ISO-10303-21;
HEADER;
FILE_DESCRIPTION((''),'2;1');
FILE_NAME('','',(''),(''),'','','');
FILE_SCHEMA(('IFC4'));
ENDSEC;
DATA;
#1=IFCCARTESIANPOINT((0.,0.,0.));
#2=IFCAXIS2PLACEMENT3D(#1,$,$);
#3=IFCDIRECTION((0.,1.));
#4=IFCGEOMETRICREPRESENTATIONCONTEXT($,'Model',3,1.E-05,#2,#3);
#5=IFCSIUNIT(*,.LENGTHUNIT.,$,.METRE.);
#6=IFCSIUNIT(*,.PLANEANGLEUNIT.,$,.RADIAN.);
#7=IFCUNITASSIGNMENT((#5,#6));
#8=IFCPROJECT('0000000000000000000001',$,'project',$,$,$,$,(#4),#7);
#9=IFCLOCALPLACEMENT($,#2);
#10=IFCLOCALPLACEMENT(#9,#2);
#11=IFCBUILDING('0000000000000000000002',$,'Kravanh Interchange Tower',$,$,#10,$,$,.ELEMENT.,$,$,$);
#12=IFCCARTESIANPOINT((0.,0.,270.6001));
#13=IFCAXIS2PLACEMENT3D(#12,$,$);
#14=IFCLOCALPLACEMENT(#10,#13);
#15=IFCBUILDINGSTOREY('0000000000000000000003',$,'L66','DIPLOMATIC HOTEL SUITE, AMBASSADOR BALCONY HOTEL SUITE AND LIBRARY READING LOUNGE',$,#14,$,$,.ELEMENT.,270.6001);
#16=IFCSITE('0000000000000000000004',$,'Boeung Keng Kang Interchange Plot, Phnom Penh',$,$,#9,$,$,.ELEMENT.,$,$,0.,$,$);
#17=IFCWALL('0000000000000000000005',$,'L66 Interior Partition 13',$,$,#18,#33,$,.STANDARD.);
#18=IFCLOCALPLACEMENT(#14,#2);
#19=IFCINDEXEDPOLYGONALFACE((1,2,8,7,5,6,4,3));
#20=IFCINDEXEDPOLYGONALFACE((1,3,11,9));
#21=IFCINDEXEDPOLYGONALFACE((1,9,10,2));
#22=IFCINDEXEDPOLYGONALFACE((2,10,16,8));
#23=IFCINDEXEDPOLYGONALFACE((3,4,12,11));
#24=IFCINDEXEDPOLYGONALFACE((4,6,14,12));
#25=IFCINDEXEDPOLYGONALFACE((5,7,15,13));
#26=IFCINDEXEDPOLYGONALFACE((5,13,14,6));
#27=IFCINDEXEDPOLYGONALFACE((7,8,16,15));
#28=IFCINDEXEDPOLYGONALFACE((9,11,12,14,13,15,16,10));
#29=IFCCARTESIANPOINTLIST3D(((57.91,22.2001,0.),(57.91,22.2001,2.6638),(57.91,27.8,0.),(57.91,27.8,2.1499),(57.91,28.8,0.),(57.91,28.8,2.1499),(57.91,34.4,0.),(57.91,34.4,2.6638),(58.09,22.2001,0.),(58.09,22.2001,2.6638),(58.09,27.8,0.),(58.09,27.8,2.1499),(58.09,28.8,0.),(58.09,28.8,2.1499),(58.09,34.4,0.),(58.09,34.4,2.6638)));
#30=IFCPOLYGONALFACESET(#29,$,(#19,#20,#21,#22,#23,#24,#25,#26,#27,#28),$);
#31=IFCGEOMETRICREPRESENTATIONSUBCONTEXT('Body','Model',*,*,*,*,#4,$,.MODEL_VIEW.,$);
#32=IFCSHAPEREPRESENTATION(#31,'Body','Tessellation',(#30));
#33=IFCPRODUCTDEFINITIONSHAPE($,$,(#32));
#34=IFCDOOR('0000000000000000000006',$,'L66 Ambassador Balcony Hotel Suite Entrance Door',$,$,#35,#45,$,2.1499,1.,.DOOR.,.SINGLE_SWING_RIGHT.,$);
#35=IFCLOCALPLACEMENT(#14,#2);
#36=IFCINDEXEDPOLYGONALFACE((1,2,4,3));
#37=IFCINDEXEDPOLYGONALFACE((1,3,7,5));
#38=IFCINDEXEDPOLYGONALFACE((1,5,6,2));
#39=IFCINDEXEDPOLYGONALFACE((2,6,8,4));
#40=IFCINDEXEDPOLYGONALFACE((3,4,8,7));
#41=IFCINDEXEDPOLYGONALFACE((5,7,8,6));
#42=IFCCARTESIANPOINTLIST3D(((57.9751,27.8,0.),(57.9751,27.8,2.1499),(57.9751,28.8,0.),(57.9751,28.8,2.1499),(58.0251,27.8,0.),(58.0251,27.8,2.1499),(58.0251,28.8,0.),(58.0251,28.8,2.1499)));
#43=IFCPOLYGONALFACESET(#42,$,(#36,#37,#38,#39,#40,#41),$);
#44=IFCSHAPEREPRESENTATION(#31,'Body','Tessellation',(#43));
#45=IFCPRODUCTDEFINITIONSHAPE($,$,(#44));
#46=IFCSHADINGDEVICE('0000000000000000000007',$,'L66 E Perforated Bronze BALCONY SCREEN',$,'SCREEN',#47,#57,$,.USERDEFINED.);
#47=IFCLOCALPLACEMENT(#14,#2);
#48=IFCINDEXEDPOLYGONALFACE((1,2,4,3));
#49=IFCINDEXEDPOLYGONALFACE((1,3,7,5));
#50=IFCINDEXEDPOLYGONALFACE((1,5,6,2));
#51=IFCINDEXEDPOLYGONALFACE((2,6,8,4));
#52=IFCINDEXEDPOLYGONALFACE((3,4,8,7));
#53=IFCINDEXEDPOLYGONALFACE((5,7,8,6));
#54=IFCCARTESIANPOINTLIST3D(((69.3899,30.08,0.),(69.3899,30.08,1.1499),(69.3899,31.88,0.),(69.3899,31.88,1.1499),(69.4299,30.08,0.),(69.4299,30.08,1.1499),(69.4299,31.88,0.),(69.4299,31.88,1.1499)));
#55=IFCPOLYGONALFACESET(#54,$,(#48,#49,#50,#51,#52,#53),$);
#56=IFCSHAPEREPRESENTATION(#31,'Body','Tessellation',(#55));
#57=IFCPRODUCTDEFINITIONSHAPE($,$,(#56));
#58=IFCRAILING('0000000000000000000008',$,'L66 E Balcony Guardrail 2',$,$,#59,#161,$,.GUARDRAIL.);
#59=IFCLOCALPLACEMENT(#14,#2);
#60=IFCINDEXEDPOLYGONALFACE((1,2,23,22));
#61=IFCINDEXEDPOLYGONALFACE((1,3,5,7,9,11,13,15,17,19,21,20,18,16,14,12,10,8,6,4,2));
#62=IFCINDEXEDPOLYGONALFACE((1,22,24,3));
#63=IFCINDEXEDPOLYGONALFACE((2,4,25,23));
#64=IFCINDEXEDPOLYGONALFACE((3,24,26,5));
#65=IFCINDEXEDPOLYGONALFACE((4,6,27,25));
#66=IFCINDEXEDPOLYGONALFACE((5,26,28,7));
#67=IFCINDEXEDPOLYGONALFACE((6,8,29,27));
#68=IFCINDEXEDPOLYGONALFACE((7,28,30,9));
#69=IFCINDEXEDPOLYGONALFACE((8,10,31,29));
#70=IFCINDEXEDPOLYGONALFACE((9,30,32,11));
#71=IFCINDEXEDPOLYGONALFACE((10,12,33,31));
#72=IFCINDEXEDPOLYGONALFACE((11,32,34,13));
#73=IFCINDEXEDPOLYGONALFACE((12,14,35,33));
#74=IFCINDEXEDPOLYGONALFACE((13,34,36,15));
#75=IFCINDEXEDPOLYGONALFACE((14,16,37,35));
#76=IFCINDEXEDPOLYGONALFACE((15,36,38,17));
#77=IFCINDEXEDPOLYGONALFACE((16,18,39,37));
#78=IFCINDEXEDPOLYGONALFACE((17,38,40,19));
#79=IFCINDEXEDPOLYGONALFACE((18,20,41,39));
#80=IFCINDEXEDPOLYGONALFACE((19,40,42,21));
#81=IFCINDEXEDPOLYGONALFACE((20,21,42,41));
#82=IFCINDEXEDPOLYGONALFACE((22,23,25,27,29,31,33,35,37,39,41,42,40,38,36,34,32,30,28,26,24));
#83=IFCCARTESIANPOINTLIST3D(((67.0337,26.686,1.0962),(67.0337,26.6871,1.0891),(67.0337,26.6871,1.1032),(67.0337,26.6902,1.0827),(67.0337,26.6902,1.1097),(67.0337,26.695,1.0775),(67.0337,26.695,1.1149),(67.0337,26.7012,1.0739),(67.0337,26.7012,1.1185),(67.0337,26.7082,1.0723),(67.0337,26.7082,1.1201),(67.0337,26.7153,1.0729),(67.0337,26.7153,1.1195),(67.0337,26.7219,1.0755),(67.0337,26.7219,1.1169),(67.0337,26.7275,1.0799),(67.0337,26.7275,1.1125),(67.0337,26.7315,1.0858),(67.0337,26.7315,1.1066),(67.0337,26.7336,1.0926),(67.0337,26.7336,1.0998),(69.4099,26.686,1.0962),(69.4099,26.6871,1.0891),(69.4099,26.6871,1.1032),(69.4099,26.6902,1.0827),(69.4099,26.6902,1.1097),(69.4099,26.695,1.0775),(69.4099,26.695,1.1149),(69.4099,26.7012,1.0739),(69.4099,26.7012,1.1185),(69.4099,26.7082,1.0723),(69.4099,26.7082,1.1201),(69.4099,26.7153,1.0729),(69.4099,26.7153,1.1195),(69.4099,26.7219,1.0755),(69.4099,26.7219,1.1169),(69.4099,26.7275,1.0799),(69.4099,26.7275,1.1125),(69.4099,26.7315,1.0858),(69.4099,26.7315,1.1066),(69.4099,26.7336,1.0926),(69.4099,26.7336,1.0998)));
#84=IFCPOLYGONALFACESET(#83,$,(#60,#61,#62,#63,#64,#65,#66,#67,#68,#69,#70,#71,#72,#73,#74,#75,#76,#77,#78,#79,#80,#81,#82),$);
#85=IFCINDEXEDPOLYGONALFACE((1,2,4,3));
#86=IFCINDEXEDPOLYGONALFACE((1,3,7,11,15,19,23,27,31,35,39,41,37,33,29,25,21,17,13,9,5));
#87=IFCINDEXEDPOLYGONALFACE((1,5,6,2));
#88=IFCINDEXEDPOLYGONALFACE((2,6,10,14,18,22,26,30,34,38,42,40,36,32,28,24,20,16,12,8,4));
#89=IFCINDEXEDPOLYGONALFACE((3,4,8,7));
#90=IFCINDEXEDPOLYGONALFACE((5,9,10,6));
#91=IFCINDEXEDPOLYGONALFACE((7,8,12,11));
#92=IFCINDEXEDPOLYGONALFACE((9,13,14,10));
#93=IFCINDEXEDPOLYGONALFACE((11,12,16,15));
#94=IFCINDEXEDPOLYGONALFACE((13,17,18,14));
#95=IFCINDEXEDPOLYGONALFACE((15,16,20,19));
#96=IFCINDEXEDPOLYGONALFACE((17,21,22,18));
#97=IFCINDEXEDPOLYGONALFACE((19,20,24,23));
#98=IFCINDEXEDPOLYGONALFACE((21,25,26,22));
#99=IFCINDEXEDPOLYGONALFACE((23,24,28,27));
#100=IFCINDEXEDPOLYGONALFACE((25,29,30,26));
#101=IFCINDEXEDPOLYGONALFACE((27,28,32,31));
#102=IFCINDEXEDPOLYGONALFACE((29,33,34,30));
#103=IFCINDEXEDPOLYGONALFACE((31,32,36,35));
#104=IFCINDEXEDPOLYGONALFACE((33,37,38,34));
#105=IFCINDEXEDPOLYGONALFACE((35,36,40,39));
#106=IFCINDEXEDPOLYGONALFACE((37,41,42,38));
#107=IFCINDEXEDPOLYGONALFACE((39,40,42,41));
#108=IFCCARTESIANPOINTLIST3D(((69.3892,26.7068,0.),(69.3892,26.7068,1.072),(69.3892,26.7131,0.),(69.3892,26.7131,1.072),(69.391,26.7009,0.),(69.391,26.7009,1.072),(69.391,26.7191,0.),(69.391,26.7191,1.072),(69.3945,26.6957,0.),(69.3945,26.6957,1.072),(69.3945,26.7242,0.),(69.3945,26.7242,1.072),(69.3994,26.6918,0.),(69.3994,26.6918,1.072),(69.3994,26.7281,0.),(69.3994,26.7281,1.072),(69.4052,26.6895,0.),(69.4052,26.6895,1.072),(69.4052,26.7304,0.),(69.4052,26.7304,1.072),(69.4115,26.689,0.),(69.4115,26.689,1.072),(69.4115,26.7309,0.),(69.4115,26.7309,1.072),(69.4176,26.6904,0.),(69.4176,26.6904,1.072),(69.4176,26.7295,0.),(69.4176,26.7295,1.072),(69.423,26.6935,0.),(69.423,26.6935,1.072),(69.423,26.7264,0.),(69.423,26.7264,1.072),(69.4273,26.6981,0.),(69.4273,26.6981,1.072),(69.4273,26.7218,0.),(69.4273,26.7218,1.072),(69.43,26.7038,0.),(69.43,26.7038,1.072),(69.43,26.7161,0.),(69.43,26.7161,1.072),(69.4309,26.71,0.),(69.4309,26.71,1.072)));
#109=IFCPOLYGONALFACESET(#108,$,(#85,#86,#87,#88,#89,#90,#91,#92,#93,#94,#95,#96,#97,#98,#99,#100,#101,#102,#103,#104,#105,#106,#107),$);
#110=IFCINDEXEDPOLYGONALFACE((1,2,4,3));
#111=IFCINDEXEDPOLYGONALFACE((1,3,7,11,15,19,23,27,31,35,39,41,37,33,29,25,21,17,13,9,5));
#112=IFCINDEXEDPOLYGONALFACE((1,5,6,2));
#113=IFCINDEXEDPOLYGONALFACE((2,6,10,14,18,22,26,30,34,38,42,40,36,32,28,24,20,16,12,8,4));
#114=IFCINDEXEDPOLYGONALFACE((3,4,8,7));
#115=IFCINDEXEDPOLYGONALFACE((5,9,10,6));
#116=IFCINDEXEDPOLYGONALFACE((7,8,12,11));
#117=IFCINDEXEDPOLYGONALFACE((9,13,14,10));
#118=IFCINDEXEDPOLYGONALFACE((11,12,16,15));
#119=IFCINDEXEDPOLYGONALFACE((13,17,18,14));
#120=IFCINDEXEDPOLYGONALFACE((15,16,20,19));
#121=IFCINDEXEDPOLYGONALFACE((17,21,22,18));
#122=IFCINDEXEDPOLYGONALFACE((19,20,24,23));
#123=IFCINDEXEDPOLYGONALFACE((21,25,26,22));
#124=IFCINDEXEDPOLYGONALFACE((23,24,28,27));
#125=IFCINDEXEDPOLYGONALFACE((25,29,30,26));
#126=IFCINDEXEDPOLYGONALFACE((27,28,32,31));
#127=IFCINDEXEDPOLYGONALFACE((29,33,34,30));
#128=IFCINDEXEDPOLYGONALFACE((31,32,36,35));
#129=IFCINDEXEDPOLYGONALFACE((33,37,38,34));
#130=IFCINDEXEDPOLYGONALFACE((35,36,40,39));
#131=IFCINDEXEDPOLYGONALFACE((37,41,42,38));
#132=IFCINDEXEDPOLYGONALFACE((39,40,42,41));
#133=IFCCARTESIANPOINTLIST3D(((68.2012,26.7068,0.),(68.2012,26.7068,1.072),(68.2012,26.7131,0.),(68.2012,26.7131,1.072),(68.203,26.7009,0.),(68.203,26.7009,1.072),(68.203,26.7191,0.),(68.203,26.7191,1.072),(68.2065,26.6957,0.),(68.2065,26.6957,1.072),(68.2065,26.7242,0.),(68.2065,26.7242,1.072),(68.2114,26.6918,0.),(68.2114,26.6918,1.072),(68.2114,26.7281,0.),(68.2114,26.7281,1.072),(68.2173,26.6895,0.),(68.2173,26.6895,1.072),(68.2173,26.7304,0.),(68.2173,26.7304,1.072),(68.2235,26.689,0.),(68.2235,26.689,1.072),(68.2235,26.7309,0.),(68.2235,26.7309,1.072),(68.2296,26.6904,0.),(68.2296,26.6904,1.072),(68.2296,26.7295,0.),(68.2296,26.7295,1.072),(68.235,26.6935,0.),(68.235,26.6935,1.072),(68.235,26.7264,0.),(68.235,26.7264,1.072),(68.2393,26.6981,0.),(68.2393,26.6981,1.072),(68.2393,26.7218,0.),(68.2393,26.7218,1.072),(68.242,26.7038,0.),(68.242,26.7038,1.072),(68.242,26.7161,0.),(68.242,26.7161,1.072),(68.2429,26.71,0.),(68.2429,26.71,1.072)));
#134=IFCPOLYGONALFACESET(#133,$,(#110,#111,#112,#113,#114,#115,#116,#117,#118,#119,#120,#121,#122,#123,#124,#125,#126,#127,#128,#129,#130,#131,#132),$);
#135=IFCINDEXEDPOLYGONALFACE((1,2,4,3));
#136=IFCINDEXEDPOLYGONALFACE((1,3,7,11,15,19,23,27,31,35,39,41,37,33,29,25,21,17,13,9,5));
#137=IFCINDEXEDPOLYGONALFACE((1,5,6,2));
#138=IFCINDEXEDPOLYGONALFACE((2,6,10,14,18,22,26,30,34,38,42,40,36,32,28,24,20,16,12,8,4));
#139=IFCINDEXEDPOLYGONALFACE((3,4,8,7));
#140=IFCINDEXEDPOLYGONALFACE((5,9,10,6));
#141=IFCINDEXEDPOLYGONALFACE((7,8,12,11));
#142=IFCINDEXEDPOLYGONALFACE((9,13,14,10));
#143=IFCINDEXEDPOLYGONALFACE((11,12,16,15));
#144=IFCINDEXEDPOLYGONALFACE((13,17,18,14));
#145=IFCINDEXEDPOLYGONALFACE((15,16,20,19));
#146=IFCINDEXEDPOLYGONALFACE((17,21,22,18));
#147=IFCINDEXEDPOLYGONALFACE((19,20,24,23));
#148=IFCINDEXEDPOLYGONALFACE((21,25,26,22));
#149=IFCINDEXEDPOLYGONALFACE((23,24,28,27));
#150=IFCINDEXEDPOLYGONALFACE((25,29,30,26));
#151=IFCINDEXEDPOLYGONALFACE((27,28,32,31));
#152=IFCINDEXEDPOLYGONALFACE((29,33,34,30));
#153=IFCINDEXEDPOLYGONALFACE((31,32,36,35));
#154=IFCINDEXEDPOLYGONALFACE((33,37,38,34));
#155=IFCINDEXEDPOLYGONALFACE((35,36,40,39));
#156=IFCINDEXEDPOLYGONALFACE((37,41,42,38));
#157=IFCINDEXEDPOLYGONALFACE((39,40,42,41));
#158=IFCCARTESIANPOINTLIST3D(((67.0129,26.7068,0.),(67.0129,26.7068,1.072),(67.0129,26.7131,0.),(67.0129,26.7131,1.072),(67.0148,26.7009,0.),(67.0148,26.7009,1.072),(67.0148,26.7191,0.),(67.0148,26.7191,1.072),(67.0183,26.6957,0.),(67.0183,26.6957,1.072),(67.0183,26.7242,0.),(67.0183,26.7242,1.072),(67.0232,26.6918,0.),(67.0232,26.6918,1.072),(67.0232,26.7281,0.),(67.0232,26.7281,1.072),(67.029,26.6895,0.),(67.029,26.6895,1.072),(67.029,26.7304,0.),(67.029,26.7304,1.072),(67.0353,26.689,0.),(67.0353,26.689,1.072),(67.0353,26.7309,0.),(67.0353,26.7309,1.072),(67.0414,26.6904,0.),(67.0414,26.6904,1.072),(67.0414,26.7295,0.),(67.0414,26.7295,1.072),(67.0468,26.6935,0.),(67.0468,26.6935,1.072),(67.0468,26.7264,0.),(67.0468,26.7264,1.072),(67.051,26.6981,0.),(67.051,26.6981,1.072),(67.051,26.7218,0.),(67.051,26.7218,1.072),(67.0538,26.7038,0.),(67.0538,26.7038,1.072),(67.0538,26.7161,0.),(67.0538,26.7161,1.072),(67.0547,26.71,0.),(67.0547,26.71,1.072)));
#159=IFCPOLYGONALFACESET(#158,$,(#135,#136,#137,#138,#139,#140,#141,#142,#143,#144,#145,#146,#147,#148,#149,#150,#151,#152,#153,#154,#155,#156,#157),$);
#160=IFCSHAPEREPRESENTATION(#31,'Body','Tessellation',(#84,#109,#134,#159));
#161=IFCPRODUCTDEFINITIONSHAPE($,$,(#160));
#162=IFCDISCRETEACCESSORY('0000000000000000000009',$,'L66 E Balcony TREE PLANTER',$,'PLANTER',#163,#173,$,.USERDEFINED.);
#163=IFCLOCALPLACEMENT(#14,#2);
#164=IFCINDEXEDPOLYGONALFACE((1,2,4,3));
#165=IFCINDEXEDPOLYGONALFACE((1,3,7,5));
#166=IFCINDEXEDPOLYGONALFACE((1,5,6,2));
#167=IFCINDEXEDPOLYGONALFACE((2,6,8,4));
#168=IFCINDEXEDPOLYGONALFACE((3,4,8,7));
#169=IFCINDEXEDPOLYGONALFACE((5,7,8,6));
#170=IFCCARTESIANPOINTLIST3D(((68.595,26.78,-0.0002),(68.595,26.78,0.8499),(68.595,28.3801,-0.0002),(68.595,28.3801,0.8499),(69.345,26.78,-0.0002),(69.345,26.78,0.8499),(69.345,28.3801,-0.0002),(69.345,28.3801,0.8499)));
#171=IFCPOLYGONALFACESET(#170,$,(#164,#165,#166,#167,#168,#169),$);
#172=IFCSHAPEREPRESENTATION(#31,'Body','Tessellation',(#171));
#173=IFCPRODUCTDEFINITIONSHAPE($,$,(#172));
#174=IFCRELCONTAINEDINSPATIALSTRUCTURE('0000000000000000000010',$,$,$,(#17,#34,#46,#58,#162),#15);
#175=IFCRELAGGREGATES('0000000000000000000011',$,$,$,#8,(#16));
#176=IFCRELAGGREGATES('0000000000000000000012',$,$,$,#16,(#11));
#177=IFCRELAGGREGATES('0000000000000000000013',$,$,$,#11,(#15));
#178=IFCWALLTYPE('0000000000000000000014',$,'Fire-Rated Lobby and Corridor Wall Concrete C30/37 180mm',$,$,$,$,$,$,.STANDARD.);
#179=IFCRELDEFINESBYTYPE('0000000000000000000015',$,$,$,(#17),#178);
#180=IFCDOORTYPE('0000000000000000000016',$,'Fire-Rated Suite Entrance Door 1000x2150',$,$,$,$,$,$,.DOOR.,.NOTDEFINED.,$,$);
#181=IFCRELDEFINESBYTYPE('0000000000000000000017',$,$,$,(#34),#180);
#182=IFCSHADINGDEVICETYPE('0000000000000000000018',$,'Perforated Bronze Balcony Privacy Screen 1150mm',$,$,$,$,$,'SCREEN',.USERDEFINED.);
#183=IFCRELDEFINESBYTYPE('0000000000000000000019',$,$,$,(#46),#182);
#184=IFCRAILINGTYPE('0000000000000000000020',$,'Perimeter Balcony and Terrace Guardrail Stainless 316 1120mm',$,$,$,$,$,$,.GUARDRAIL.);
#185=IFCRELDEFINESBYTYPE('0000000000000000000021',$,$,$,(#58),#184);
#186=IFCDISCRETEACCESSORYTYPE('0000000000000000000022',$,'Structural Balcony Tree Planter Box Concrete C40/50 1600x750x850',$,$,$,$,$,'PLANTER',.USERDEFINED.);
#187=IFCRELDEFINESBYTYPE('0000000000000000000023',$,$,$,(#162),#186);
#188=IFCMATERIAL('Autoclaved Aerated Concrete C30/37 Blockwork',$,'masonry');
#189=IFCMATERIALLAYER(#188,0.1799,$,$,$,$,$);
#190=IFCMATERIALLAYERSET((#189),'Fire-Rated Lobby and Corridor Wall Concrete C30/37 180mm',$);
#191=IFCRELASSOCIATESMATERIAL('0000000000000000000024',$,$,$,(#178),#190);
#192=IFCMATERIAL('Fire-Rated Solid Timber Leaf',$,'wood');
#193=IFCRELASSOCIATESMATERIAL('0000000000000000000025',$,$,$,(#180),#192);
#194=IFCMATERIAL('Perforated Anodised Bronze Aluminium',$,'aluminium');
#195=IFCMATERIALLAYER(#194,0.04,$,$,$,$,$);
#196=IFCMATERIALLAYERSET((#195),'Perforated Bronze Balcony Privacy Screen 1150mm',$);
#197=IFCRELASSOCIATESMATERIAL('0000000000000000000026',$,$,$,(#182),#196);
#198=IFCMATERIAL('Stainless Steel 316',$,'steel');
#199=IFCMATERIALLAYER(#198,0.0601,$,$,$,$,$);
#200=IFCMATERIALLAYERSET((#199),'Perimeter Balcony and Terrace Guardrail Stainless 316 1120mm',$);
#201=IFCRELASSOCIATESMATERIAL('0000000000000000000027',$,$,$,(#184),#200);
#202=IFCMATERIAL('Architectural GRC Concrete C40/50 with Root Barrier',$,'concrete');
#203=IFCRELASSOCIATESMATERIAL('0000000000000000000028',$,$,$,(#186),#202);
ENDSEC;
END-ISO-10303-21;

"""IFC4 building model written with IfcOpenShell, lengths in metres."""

from ifc_helpers import new_model, si_unit, direction, frame, frame_2d, origin, origin_2d, place, context, subcontext, project, spatial, rectangle, circle, extrude, material, layer, layer_set, type_object, element, fill, save


model = new_model("IFC4")

# Units and contexts
model_context = context("Model", 3, precision=1e-05, world=origin(), true_north=direction((0.0, 1.0)))
body_context = subcontext(model_context, "Body", "Model", "MODEL_VIEW")
ifc_project = project(units=[si_unit("LENGTHUNIT", "METRE"), si_unit("PLANEANGLEUNIT", "RADIAN")], contexts=[model_context])

# Site, building, storey
site_placement = place(None, origin())
site = spatial("IfcSite", under=ifc_project, at=site_placement, Name="Boeung Keng Kang Interchange Plot, Phnom Penh", CompositionType="ELEMENT", RefElevation=0.0)
building_placement = place(site_placement, origin())
building = spatial("IfcBuilding", under=site, at=building_placement, Name="Kravanh Interchange Tower", CompositionType="ELEMENT")
storey_placement = place(building_placement, frame((0.0, 0.0, 270.6001)))
storey = spatial("IfcBuildingStorey", under=building, at=storey_placement, Name="L66", Description="DIPLOMATIC HOTEL SUITE, AMBASSADOR BALCONY HOTEL SUITE AND LIBRARY READING LOUNGE", CompositionType="ELEMENT", Elevation=270.6001)

# Wall, opening, door
ifc_material_1 = material(Name="Autoclaved Aerated Concrete C30/37 Blockwork", Category="masonry")
ifc_layer_1 = layer(ifc_material_1, 0.1799)
ifc_layer_set_1 = layer_set([ifc_layer_1], Name="Fire-Rated Lobby and Corridor Wall Concrete C30/37 180mm")
wall_type = type_object("IfcWallType", Name="Fire-Rated Lobby and Corridor Wall Concrete C30/37 180mm", PredefinedType="STANDARD", material=ifc_layer_set_1)
wall_placement = place(storey_placement, frame((58.0, 22.2, 0.0), z_axis=(0.0, 0.0, 1.0), x_axis=(0.0, 1.0, 0.0)))
wall = element("IfcWall", 1, at=wall_placement, inside=storey, type_object=wall_type, Name="L66 Interior Partition 13", PredefinedType="STANDARD", context=body_context, shape_type="SweptSolid", body=[
    extrude(rectangle(XDim=12.2, YDim=0.1799, at=frame_2d((6.1001, 0.0))), origin(), (0.0, 0.0, 1.0), 2.6638),
])
opening_placement = place(wall_placement, frame((5.6001, 0.0, 0.0)))
opening = element("IfcOpeningElement", 2, at=opening_placement, cuts=wall, PredefinedType="OPENING", context=body_context, shape_type="SweptSolid", body=[
    extrude(rectangle(XDim=1.0, YDim=2.1499, at=frame_2d((0.5, 1.075))), frame((0.0, 0.1001, 0.0), z_axis=(0.0, -1.0, 0.0), x_axis=(1.0, 0.0, 0.0)), (0.0, 0.0, 1.0), 0.2),
])
ifc_material_2 = material(Name="Fire-Rated Solid Timber Leaf", Category="wood")
door_type = type_object("IfcDoorType", Name="Fire-Rated Suite Entrance Door 1000x2150", OperationType="NOTDEFINED", PredefinedType="DOOR", material=ifc_material_2)
door_placement = place(opening_placement, origin())
door = element("IfcDoor", 3, at=door_placement, inside=storey, type_object=door_type, Name="L66 Ambassador Balcony Hotel Suite Entrance Door", OperationType="SINGLE_SWING_RIGHT", OverallHeight=2.1499, OverallWidth=1.0, PredefinedType="DOOR", context=body_context, shape_type="SweptSolid", body=[
    extrude(rectangle(XDim=1.0, YDim=2.1499, at=frame_2d((0.5, 1.075))), frame((0.0, 0.0249, 0.0), z_axis=(0.0, -1.0, 0.0), x_axis=(1.0, 0.0, 0.0)), (0.0, 0.0, 1.0), 0.05),
])
fill(opening, door)

# Shading device
ifc_material_3 = material(Name="Perforated Anodised Bronze Aluminium", Category="aluminium")
ifc_layer_2 = layer(ifc_material_3, 0.04)
ifc_layer_set_2 = layer_set([ifc_layer_2], Name="Perforated Bronze Balcony Privacy Screen 1150mm")
shading_device_type = type_object("IfcShadingDeviceType", Name="Perforated Bronze Balcony Privacy Screen 1150mm", ElementType="SCREEN", PredefinedType="USERDEFINED", material=ifc_layer_set_2)
shading_device_placement = place(storey_placement, frame((69.4099, 30.98, 0.0), z_axis=(0.0, 0.0, 1.0), x_axis=(1.0, 0.0, 0.0)))
element("IfcShadingDevice", 4, at=shading_device_placement, inside=storey, type_object=shading_device_type, Name="L66 E Perforated Bronze BALCONY SCREEN", ObjectType="SCREEN", PredefinedType="USERDEFINED", context=body_context, shape_type="SweptSolid", body=[
    extrude(rectangle(XDim=0.04, YDim=1.8, at=origin_2d()), origin(), (0.0, 0.0, 1.0), 1.1499),
])

# Railing
ifc_material_4 = material(Name="Stainless Steel 316", Category="steel")
ifc_layer_3 = layer(ifc_material_4, 0.0601)
ifc_layer_set_3 = layer_set([ifc_layer_3], Name="Perimeter Balcony and Terrace Guardrail Stainless 316 1120mm")
railing_type = type_object("IfcRailingType", Name="Perimeter Balcony and Terrace Guardrail Stainless 316 1120mm", PredefinedType="GUARDRAIL", material=ifc_layer_set_3)
railing_placement = place(storey_placement, frame((69.4099, 26.71, 0.0)))
element("IfcRailing", 5, at=railing_placement, inside=storey, type_object=railing_type, Name="L66 E Balcony Guardrail 2", PredefinedType="GUARDRAIL", context=body_context, shape_type="SweptSolid", body=[
    extrude(circle(Radius=0.0239, at=origin_2d()), frame((0.0, 0.0, 1.0962), z_axis=(-1.0, 0.0, 0.0), x_axis=(0.0, -1.0, 0.0)), (0.0, 0.0, 1.0), 2.3762),
    extrude(circle(Radius=0.021, at=origin_2d()), origin(), (0.0, 0.0, 1.0), 1.072),
    extrude(circle(Radius=0.021, at=origin_2d()), frame((-1.188, 0.0, 0.0)), (0.0, 0.0, 1.0), 1.072),
    extrude(circle(Radius=0.021, at=origin_2d()), frame((-2.3762, 0.0, 0.0)), (0.0, 0.0, 1.0), 1.072),
])

# Discrete accessory
ifc_material_5 = material(Name="Architectural GRC Concrete C40/50 with Root Barrier", Category="concrete")
discrete_accessory_type = type_object("IfcDiscreteAccessoryType", Name="Structural Balcony Tree Planter Box Concrete C40/50 1600x750x850", ElementType="PLANTER", PredefinedType="USERDEFINED", material=ifc_material_5)
discrete_accessory_placement = place(storey_placement, frame((68.97, 27.5801, -0.0002), z_axis=(0.0, 0.0, 1.0), x_axis=(1.0, 0.0, 0.0)))
element("IfcDiscreteAccessory", 6, at=discrete_accessory_placement, inside=storey, type_object=discrete_accessory_type, Name="L66 E Balcony TREE PLANTER", ObjectType="PLANTER", PredefinedType="USERDEFINED", context=body_context, shape_type="SweptSolid", body=[
    extrude(rectangle(XDim=0.75, YDim=1.6001, at=origin_2d()), origin(), (0.0, 0.0, 1.0), 0.8501),
])

save(model, "model.ifc")
